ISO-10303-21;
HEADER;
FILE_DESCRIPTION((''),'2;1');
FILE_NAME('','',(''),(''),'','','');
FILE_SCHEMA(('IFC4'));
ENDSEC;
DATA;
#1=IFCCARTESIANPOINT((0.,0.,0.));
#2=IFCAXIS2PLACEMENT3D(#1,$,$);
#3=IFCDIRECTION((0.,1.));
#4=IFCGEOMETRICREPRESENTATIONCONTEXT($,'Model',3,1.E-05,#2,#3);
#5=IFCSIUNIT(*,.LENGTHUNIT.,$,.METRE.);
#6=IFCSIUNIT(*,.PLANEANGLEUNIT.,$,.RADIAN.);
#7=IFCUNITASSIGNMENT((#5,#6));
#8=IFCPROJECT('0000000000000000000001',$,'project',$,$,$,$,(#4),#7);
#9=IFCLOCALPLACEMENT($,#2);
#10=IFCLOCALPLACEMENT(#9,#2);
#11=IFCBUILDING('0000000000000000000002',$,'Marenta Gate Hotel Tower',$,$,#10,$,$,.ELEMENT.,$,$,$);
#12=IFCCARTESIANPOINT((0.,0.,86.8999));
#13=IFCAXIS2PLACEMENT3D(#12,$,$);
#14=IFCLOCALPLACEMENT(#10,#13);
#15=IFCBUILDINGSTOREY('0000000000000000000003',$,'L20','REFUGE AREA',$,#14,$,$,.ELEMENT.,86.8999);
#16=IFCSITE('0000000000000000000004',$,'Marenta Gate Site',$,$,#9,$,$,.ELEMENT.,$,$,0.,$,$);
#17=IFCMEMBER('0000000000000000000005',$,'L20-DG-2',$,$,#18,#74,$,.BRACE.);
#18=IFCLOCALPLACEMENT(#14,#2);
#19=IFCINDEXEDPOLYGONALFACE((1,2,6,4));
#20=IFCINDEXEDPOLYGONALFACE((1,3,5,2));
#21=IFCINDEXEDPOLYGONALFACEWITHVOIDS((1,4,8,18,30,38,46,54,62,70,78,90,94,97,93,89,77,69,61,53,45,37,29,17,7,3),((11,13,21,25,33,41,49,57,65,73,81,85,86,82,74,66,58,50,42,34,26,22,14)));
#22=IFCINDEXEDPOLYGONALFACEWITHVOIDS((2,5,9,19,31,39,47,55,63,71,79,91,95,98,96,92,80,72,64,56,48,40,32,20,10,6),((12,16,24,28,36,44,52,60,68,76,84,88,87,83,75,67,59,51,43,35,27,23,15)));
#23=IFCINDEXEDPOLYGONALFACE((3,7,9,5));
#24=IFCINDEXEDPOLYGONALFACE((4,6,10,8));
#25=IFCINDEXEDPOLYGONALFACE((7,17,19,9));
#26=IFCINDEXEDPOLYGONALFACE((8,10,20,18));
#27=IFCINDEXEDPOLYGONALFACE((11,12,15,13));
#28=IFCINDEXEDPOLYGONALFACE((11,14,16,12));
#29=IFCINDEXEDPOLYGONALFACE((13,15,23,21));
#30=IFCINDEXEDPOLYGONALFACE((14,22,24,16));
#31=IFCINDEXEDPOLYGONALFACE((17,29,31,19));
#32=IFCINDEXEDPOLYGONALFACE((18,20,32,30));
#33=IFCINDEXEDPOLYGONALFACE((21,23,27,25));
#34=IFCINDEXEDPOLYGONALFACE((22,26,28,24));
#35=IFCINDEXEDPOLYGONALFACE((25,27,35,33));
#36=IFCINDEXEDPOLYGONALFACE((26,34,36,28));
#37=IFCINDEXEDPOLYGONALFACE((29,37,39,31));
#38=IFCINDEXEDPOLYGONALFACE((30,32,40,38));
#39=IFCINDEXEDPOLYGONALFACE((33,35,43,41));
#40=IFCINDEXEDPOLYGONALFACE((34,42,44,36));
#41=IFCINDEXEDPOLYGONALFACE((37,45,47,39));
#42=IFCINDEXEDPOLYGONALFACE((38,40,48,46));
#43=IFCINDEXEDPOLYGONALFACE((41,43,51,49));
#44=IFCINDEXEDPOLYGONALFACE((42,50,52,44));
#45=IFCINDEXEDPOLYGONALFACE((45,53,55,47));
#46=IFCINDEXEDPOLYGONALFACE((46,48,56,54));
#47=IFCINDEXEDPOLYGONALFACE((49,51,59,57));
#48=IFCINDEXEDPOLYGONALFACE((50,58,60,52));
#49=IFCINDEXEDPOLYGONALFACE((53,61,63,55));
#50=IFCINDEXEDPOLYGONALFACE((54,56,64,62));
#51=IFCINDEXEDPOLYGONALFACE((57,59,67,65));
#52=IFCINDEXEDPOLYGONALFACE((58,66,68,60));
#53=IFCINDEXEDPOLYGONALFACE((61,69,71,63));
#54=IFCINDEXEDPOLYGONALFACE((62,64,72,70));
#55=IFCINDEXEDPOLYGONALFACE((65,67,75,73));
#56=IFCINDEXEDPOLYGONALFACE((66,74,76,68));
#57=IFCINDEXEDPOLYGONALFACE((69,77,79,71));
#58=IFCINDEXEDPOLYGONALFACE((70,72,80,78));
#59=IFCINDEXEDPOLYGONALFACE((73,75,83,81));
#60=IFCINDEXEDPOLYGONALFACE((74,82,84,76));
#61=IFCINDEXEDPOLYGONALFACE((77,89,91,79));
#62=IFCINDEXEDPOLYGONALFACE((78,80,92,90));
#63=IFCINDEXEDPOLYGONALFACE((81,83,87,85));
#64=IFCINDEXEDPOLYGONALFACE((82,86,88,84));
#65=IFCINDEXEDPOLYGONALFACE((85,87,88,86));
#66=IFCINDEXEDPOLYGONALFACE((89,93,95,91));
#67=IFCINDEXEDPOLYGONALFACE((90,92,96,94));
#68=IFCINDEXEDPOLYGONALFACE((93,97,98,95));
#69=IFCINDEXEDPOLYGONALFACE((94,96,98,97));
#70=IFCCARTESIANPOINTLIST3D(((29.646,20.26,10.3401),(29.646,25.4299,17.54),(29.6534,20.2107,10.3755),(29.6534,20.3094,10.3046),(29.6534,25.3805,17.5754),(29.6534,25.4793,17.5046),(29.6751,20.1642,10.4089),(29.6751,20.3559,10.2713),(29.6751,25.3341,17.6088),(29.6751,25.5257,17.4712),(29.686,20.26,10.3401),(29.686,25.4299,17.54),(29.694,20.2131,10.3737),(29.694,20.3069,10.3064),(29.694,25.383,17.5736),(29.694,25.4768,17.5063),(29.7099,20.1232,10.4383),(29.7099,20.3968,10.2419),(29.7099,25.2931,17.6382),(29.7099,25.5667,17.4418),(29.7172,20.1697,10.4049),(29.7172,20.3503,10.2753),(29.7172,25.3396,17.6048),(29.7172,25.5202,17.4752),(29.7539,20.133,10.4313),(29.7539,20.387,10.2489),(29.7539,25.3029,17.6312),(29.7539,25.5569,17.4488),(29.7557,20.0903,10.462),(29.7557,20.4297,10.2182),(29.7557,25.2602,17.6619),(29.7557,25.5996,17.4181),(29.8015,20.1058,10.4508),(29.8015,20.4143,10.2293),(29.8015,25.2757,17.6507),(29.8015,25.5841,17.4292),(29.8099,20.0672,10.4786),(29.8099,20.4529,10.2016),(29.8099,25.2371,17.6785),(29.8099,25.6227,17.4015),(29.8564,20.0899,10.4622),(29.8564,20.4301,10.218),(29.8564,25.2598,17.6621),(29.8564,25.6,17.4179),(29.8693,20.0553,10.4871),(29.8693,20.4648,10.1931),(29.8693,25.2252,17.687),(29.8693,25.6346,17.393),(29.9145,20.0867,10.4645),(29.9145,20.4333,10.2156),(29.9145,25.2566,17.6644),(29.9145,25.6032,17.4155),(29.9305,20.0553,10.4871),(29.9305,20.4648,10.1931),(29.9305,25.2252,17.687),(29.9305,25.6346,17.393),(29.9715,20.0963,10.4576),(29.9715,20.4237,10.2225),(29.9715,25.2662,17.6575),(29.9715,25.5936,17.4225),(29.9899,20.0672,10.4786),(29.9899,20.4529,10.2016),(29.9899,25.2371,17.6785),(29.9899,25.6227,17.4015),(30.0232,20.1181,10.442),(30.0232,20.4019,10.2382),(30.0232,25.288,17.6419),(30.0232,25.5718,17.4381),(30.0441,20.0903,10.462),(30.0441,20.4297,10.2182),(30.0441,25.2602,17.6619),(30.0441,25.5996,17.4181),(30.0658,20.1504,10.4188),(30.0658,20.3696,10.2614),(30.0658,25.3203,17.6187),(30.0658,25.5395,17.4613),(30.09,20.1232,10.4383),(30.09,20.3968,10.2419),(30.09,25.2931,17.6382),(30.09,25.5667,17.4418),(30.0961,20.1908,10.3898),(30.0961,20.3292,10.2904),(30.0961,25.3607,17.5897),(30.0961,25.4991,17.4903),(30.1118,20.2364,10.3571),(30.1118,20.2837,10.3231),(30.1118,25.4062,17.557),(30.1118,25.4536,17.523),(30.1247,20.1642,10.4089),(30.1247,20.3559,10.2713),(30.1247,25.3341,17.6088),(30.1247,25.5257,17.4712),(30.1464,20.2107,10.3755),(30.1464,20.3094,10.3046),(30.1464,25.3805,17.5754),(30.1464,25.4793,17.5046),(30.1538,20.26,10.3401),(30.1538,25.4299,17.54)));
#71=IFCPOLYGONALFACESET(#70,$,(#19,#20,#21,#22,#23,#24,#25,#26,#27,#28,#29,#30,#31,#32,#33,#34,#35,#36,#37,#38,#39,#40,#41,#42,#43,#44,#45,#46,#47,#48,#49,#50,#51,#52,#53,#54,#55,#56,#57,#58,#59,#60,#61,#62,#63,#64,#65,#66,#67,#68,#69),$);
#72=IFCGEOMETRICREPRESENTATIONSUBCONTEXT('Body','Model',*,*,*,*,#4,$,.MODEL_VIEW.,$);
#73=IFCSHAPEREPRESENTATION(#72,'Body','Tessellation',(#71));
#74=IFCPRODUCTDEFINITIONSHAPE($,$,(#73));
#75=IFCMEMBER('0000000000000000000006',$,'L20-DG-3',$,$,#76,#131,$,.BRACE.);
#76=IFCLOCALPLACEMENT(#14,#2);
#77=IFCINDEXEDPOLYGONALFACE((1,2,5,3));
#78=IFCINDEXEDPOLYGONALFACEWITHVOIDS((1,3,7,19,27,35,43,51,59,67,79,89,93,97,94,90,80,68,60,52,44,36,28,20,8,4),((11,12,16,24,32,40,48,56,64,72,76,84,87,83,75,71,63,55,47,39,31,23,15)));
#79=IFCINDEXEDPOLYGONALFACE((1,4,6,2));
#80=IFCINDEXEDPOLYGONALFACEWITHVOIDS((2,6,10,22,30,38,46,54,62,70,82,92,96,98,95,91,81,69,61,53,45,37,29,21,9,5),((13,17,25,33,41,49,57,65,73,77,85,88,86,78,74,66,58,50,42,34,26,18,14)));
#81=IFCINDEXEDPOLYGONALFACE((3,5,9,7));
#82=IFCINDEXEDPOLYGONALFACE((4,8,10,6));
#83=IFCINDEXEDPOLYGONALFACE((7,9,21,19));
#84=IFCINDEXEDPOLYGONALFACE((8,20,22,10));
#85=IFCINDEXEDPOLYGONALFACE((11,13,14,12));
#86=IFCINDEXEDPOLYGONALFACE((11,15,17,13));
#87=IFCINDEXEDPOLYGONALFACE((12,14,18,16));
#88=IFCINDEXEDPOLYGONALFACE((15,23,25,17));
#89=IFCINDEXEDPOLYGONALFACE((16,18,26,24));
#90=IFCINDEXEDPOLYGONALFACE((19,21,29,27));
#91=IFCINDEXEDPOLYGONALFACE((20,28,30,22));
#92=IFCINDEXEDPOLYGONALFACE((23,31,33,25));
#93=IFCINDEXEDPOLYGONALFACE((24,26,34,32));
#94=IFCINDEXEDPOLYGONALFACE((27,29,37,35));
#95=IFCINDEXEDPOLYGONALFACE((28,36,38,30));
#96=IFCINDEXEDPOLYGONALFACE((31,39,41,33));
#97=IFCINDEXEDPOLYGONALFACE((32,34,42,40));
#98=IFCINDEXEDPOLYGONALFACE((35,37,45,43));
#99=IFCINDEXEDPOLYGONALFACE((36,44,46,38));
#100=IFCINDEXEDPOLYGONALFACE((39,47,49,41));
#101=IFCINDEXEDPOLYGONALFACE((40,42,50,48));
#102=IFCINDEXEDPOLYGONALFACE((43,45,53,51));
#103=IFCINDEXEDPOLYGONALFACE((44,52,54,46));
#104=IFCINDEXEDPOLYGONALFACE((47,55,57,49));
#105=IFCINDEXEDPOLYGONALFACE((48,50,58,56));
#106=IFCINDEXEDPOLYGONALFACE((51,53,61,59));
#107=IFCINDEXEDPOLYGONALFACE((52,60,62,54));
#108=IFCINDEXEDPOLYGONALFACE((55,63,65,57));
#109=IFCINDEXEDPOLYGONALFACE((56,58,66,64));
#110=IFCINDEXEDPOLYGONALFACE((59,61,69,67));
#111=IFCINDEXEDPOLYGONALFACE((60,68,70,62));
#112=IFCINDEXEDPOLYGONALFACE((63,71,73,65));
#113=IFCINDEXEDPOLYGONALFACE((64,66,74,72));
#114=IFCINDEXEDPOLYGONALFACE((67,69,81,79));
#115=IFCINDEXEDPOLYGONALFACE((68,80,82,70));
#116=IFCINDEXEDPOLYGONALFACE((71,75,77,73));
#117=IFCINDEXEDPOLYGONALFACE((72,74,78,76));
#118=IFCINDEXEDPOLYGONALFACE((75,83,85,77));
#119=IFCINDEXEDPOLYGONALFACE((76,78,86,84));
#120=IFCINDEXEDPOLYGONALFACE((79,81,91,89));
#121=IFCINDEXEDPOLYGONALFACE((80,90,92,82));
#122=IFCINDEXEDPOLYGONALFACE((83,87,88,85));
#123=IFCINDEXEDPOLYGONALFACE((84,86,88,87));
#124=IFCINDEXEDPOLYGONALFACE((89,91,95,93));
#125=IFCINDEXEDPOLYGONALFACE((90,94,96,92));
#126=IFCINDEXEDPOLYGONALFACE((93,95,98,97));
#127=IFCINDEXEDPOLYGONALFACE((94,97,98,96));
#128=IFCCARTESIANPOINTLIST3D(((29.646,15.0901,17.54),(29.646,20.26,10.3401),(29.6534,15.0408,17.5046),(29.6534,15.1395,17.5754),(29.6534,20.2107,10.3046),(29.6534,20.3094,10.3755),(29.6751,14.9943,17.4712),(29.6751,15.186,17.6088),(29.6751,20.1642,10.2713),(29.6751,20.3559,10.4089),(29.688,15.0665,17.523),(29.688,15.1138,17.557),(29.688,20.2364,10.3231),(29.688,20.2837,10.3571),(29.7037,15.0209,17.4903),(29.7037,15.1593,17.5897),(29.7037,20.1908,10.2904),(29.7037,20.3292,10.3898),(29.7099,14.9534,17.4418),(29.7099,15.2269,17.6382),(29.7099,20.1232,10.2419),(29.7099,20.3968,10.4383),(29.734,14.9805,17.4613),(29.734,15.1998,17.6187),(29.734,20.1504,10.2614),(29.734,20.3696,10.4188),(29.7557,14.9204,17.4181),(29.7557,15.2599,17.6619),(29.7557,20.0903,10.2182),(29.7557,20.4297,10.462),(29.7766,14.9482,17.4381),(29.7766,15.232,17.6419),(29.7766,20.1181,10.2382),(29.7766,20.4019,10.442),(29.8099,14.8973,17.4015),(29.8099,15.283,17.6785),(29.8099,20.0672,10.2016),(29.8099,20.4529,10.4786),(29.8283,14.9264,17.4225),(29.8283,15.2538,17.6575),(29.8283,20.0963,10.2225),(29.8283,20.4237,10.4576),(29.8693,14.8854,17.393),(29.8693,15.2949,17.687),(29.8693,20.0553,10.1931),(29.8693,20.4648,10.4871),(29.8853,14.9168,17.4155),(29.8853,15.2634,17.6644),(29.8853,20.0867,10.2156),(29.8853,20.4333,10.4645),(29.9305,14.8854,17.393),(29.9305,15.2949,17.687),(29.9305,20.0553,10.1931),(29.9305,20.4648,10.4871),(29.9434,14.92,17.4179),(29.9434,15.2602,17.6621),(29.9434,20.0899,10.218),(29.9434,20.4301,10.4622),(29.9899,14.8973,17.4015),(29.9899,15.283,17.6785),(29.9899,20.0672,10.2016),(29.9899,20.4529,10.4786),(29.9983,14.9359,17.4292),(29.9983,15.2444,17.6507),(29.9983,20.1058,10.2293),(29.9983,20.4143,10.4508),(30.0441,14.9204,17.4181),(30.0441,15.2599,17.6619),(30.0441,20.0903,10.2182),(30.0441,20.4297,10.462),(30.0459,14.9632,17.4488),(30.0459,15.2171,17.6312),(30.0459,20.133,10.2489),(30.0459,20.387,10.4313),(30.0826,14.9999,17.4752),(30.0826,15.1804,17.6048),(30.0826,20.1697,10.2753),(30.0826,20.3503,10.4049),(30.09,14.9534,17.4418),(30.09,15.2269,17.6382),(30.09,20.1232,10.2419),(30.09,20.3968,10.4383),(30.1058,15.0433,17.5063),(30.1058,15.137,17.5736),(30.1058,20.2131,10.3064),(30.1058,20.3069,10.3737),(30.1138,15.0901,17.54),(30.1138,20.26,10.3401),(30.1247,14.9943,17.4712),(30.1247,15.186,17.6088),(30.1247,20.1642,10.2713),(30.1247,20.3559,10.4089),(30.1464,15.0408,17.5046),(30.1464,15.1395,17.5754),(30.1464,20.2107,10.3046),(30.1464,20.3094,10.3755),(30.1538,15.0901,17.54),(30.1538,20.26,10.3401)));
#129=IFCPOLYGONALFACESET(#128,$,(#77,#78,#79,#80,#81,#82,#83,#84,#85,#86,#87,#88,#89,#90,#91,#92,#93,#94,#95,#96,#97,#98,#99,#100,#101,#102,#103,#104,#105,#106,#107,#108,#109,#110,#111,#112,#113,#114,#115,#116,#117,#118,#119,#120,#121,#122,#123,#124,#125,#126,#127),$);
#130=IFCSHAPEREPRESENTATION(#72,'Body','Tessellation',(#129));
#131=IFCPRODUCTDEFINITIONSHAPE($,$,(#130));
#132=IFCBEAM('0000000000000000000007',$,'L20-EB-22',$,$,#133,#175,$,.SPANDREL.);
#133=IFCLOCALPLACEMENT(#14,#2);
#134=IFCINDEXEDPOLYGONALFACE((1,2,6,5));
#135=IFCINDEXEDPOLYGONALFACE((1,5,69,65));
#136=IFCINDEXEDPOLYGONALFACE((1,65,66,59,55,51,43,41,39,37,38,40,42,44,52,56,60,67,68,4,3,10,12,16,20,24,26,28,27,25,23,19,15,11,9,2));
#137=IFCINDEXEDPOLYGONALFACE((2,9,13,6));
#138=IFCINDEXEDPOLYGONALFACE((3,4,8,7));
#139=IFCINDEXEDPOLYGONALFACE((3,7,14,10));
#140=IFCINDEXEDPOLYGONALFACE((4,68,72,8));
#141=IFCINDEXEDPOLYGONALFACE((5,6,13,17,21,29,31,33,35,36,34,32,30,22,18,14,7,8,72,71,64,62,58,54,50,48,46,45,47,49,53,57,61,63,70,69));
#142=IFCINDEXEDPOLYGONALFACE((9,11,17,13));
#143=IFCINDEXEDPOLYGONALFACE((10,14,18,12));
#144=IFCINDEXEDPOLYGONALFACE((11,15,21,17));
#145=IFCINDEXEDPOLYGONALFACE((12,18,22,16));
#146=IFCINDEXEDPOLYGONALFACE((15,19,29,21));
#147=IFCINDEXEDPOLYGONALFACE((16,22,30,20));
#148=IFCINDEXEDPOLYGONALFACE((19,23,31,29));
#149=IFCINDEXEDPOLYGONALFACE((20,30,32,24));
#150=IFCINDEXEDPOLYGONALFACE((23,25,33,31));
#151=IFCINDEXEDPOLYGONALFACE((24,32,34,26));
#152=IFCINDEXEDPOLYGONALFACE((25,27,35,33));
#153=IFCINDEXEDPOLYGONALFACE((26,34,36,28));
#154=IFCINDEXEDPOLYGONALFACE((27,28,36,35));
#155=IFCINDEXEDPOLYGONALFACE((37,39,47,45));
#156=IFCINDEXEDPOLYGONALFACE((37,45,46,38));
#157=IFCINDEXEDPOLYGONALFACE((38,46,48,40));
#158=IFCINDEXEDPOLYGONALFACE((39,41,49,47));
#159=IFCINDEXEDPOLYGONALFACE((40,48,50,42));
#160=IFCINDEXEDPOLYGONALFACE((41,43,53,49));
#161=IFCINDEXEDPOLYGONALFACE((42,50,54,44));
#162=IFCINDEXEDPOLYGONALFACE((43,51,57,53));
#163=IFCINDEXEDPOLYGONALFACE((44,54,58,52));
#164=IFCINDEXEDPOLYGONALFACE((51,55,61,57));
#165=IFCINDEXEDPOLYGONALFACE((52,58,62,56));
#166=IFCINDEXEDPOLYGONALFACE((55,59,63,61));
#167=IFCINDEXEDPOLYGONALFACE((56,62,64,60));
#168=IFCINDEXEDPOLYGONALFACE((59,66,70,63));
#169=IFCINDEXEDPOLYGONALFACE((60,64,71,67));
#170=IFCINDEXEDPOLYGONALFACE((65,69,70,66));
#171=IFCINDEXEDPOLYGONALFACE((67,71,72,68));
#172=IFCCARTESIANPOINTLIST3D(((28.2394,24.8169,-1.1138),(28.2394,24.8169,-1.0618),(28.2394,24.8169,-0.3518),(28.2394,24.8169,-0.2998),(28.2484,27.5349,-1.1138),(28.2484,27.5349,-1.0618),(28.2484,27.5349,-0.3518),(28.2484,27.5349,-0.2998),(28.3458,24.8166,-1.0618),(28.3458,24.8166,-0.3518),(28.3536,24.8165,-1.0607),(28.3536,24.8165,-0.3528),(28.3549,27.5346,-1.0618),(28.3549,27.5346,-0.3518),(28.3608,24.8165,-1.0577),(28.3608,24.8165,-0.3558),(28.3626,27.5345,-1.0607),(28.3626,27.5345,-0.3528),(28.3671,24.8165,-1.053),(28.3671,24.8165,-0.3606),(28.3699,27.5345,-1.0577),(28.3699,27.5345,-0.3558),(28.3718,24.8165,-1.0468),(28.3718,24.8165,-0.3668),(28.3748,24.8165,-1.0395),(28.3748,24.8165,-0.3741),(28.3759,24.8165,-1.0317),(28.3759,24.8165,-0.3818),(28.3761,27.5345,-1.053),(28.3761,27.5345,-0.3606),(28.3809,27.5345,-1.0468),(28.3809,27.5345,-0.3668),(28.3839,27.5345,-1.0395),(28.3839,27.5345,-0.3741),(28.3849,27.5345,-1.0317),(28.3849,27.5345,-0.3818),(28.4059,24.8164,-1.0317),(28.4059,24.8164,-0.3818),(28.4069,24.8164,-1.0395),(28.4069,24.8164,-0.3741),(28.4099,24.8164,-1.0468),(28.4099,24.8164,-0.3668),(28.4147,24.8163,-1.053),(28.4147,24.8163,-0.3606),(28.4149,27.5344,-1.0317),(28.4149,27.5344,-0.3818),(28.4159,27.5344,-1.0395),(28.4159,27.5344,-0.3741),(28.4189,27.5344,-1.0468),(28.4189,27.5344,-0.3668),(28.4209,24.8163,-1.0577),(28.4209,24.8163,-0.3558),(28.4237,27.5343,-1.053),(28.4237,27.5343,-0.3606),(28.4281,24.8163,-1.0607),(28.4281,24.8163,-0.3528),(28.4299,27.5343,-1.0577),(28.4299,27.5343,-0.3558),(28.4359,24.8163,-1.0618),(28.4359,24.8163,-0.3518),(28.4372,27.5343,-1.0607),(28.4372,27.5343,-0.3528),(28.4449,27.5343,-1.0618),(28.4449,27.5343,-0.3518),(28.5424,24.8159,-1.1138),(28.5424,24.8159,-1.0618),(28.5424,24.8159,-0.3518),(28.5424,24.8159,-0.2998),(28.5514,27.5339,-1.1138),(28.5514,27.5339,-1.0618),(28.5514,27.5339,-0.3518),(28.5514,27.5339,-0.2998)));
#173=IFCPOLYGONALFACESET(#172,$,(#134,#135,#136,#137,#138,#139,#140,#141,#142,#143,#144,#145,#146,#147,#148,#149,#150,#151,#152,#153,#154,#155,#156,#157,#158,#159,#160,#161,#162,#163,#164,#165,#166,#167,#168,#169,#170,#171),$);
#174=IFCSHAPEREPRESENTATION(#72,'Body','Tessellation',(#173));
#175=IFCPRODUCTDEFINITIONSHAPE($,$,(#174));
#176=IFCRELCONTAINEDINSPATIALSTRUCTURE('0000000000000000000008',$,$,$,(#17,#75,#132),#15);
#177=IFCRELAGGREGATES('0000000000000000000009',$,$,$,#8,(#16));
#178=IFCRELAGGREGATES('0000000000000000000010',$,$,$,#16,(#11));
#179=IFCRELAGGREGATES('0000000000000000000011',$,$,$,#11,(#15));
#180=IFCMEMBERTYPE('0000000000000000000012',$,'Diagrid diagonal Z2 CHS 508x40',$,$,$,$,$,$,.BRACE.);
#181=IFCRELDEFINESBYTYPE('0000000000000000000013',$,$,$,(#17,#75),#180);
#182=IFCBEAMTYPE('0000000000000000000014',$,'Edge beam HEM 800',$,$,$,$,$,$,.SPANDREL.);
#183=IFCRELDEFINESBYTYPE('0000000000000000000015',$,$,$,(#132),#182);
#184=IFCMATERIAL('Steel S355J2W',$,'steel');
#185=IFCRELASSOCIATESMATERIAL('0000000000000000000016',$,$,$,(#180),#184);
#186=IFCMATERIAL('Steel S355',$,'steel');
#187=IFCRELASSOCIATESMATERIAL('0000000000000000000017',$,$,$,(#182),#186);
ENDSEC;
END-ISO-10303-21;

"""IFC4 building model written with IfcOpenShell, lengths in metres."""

from ifc_helpers import new_model, si_unit, direction, frame, origin, origin_2d, place, context, subcontext, project, spatial, hollow_circle, i_section, extrude, material, material_profile, profile_set, type_object, element, save


model = new_model("IFC4")

# Units and contexts
model_context = context("Model", 3, precision=1e-05, world=origin(), true_north=direction((0.0, 1.0)))
body_context = subcontext(model_context, "Body", "Model", "MODEL_VIEW")
ifc_project = project(units=[si_unit("LENGTHUNIT", "METRE"), si_unit("PLANEANGLEUNIT", "RADIAN")], contexts=[model_context])

# Site, building, storey
site_placement = place(None, origin())
site = spatial("IfcSite", under=ifc_project, at=site_placement, Name="Marenta Gate Site", CompositionType="ELEMENT", RefElevation=0.0)
building_placement = place(site_placement, origin())
building = spatial("IfcBuilding", under=site, at=building_placement, Name="Marenta Gate Hotel Tower", CompositionType="ELEMENT")
storey_placement = place(building_placement, frame((0.0, 0.0, 86.8999)))
storey = spatial("IfcBuildingStorey", under=building, at=storey_placement, Name="L20", Description="REFUGE AREA", CompositionType="ELEMENT", Elevation=86.8999)

# Members
ifc_material_1 = material(Name="Steel S355J2W", Category="steel")
ifc_material_profile_1 = material_profile(ifc_material_1, hollow_circle(Radius=0.2539, WallThickness=0.04, at=origin_2d()), Name="CHS 508x40")
ifc_profile_set_1 = profile_set([ifc_material_profile_1], Name="Steel S355J2W")
member_type_1 = type_object("IfcMemberType", Name="Diagrid diagonal Z2 CHS 508x40", PredefinedType="BRACE", material=ifc_profile_set_1)
for number, where, z_axis, x_axis, name in (
    (1, (29.8999, 20.26, 10.3401), (0.0, 0.583261, 0.812285), (-1.0, 0.0, 0.0), "L20-DG-2"),
    (2, (29.8999, 20.26, 10.3401), (0.0, -0.583261, 0.812285), (1.0, 0.0, 0.0), "L20-DG-3"),
):
    element("IfcMember", number, at=place(storey_placement, frame(where, z_axis=z_axis, x_axis=x_axis)), inside=storey, type_object=member_type_1, Name=name, PredefinedType="BRACE", context=body_context, shape_type="SweptSolid", body=[
        extrude(hollow_circle(Radius=0.2539, WallThickness=0.04, at=origin_2d()), origin(), (0.0, 0.0, 1.0), 8.8638),
    ])

# Beam
ifc_material_2 = material(Name="Steel S355", Category="steel")
ifc_material_profile_2 = material_profile(ifc_material_2, i_section(OverallWidth=0.303, OverallDepth=0.814, WebThickness=0.03, FlangeThickness=0.052, FilletRadius=0.03, at=origin_2d()), Name="HEM 800")
ifc_profile_set_2 = profile_set([ifc_material_profile_2], Name="Steel S355")
beam_type_1 = type_object("IfcBeamType", Name="Edge beam HEM 800", PredefinedType="SPANDREL", material=ifc_profile_set_2)
beam_1_placement = place(storey_placement, frame((28.3999, 27.5344, -0.7068), z_axis=(-0.003323, -0.999994, 0.0), x_axis=(0.999994, -0.003323, 0.0)))
element("IfcBeam", 3, at=beam_1_placement, inside=storey, type_object=beam_type_1, Name="L20-EB-22", PredefinedType="SPANDREL", context=body_context, shape_type="SweptSolid", body=[
    extrude(i_section(OverallWidth=0.303, OverallDepth=0.814, WebThickness=0.03, FlangeThickness=0.052, FilletRadius=0.03, at=origin_2d()), origin(), (0.0, 0.0, 1.0), 2.718),
])

save(model, "model.ifc")
